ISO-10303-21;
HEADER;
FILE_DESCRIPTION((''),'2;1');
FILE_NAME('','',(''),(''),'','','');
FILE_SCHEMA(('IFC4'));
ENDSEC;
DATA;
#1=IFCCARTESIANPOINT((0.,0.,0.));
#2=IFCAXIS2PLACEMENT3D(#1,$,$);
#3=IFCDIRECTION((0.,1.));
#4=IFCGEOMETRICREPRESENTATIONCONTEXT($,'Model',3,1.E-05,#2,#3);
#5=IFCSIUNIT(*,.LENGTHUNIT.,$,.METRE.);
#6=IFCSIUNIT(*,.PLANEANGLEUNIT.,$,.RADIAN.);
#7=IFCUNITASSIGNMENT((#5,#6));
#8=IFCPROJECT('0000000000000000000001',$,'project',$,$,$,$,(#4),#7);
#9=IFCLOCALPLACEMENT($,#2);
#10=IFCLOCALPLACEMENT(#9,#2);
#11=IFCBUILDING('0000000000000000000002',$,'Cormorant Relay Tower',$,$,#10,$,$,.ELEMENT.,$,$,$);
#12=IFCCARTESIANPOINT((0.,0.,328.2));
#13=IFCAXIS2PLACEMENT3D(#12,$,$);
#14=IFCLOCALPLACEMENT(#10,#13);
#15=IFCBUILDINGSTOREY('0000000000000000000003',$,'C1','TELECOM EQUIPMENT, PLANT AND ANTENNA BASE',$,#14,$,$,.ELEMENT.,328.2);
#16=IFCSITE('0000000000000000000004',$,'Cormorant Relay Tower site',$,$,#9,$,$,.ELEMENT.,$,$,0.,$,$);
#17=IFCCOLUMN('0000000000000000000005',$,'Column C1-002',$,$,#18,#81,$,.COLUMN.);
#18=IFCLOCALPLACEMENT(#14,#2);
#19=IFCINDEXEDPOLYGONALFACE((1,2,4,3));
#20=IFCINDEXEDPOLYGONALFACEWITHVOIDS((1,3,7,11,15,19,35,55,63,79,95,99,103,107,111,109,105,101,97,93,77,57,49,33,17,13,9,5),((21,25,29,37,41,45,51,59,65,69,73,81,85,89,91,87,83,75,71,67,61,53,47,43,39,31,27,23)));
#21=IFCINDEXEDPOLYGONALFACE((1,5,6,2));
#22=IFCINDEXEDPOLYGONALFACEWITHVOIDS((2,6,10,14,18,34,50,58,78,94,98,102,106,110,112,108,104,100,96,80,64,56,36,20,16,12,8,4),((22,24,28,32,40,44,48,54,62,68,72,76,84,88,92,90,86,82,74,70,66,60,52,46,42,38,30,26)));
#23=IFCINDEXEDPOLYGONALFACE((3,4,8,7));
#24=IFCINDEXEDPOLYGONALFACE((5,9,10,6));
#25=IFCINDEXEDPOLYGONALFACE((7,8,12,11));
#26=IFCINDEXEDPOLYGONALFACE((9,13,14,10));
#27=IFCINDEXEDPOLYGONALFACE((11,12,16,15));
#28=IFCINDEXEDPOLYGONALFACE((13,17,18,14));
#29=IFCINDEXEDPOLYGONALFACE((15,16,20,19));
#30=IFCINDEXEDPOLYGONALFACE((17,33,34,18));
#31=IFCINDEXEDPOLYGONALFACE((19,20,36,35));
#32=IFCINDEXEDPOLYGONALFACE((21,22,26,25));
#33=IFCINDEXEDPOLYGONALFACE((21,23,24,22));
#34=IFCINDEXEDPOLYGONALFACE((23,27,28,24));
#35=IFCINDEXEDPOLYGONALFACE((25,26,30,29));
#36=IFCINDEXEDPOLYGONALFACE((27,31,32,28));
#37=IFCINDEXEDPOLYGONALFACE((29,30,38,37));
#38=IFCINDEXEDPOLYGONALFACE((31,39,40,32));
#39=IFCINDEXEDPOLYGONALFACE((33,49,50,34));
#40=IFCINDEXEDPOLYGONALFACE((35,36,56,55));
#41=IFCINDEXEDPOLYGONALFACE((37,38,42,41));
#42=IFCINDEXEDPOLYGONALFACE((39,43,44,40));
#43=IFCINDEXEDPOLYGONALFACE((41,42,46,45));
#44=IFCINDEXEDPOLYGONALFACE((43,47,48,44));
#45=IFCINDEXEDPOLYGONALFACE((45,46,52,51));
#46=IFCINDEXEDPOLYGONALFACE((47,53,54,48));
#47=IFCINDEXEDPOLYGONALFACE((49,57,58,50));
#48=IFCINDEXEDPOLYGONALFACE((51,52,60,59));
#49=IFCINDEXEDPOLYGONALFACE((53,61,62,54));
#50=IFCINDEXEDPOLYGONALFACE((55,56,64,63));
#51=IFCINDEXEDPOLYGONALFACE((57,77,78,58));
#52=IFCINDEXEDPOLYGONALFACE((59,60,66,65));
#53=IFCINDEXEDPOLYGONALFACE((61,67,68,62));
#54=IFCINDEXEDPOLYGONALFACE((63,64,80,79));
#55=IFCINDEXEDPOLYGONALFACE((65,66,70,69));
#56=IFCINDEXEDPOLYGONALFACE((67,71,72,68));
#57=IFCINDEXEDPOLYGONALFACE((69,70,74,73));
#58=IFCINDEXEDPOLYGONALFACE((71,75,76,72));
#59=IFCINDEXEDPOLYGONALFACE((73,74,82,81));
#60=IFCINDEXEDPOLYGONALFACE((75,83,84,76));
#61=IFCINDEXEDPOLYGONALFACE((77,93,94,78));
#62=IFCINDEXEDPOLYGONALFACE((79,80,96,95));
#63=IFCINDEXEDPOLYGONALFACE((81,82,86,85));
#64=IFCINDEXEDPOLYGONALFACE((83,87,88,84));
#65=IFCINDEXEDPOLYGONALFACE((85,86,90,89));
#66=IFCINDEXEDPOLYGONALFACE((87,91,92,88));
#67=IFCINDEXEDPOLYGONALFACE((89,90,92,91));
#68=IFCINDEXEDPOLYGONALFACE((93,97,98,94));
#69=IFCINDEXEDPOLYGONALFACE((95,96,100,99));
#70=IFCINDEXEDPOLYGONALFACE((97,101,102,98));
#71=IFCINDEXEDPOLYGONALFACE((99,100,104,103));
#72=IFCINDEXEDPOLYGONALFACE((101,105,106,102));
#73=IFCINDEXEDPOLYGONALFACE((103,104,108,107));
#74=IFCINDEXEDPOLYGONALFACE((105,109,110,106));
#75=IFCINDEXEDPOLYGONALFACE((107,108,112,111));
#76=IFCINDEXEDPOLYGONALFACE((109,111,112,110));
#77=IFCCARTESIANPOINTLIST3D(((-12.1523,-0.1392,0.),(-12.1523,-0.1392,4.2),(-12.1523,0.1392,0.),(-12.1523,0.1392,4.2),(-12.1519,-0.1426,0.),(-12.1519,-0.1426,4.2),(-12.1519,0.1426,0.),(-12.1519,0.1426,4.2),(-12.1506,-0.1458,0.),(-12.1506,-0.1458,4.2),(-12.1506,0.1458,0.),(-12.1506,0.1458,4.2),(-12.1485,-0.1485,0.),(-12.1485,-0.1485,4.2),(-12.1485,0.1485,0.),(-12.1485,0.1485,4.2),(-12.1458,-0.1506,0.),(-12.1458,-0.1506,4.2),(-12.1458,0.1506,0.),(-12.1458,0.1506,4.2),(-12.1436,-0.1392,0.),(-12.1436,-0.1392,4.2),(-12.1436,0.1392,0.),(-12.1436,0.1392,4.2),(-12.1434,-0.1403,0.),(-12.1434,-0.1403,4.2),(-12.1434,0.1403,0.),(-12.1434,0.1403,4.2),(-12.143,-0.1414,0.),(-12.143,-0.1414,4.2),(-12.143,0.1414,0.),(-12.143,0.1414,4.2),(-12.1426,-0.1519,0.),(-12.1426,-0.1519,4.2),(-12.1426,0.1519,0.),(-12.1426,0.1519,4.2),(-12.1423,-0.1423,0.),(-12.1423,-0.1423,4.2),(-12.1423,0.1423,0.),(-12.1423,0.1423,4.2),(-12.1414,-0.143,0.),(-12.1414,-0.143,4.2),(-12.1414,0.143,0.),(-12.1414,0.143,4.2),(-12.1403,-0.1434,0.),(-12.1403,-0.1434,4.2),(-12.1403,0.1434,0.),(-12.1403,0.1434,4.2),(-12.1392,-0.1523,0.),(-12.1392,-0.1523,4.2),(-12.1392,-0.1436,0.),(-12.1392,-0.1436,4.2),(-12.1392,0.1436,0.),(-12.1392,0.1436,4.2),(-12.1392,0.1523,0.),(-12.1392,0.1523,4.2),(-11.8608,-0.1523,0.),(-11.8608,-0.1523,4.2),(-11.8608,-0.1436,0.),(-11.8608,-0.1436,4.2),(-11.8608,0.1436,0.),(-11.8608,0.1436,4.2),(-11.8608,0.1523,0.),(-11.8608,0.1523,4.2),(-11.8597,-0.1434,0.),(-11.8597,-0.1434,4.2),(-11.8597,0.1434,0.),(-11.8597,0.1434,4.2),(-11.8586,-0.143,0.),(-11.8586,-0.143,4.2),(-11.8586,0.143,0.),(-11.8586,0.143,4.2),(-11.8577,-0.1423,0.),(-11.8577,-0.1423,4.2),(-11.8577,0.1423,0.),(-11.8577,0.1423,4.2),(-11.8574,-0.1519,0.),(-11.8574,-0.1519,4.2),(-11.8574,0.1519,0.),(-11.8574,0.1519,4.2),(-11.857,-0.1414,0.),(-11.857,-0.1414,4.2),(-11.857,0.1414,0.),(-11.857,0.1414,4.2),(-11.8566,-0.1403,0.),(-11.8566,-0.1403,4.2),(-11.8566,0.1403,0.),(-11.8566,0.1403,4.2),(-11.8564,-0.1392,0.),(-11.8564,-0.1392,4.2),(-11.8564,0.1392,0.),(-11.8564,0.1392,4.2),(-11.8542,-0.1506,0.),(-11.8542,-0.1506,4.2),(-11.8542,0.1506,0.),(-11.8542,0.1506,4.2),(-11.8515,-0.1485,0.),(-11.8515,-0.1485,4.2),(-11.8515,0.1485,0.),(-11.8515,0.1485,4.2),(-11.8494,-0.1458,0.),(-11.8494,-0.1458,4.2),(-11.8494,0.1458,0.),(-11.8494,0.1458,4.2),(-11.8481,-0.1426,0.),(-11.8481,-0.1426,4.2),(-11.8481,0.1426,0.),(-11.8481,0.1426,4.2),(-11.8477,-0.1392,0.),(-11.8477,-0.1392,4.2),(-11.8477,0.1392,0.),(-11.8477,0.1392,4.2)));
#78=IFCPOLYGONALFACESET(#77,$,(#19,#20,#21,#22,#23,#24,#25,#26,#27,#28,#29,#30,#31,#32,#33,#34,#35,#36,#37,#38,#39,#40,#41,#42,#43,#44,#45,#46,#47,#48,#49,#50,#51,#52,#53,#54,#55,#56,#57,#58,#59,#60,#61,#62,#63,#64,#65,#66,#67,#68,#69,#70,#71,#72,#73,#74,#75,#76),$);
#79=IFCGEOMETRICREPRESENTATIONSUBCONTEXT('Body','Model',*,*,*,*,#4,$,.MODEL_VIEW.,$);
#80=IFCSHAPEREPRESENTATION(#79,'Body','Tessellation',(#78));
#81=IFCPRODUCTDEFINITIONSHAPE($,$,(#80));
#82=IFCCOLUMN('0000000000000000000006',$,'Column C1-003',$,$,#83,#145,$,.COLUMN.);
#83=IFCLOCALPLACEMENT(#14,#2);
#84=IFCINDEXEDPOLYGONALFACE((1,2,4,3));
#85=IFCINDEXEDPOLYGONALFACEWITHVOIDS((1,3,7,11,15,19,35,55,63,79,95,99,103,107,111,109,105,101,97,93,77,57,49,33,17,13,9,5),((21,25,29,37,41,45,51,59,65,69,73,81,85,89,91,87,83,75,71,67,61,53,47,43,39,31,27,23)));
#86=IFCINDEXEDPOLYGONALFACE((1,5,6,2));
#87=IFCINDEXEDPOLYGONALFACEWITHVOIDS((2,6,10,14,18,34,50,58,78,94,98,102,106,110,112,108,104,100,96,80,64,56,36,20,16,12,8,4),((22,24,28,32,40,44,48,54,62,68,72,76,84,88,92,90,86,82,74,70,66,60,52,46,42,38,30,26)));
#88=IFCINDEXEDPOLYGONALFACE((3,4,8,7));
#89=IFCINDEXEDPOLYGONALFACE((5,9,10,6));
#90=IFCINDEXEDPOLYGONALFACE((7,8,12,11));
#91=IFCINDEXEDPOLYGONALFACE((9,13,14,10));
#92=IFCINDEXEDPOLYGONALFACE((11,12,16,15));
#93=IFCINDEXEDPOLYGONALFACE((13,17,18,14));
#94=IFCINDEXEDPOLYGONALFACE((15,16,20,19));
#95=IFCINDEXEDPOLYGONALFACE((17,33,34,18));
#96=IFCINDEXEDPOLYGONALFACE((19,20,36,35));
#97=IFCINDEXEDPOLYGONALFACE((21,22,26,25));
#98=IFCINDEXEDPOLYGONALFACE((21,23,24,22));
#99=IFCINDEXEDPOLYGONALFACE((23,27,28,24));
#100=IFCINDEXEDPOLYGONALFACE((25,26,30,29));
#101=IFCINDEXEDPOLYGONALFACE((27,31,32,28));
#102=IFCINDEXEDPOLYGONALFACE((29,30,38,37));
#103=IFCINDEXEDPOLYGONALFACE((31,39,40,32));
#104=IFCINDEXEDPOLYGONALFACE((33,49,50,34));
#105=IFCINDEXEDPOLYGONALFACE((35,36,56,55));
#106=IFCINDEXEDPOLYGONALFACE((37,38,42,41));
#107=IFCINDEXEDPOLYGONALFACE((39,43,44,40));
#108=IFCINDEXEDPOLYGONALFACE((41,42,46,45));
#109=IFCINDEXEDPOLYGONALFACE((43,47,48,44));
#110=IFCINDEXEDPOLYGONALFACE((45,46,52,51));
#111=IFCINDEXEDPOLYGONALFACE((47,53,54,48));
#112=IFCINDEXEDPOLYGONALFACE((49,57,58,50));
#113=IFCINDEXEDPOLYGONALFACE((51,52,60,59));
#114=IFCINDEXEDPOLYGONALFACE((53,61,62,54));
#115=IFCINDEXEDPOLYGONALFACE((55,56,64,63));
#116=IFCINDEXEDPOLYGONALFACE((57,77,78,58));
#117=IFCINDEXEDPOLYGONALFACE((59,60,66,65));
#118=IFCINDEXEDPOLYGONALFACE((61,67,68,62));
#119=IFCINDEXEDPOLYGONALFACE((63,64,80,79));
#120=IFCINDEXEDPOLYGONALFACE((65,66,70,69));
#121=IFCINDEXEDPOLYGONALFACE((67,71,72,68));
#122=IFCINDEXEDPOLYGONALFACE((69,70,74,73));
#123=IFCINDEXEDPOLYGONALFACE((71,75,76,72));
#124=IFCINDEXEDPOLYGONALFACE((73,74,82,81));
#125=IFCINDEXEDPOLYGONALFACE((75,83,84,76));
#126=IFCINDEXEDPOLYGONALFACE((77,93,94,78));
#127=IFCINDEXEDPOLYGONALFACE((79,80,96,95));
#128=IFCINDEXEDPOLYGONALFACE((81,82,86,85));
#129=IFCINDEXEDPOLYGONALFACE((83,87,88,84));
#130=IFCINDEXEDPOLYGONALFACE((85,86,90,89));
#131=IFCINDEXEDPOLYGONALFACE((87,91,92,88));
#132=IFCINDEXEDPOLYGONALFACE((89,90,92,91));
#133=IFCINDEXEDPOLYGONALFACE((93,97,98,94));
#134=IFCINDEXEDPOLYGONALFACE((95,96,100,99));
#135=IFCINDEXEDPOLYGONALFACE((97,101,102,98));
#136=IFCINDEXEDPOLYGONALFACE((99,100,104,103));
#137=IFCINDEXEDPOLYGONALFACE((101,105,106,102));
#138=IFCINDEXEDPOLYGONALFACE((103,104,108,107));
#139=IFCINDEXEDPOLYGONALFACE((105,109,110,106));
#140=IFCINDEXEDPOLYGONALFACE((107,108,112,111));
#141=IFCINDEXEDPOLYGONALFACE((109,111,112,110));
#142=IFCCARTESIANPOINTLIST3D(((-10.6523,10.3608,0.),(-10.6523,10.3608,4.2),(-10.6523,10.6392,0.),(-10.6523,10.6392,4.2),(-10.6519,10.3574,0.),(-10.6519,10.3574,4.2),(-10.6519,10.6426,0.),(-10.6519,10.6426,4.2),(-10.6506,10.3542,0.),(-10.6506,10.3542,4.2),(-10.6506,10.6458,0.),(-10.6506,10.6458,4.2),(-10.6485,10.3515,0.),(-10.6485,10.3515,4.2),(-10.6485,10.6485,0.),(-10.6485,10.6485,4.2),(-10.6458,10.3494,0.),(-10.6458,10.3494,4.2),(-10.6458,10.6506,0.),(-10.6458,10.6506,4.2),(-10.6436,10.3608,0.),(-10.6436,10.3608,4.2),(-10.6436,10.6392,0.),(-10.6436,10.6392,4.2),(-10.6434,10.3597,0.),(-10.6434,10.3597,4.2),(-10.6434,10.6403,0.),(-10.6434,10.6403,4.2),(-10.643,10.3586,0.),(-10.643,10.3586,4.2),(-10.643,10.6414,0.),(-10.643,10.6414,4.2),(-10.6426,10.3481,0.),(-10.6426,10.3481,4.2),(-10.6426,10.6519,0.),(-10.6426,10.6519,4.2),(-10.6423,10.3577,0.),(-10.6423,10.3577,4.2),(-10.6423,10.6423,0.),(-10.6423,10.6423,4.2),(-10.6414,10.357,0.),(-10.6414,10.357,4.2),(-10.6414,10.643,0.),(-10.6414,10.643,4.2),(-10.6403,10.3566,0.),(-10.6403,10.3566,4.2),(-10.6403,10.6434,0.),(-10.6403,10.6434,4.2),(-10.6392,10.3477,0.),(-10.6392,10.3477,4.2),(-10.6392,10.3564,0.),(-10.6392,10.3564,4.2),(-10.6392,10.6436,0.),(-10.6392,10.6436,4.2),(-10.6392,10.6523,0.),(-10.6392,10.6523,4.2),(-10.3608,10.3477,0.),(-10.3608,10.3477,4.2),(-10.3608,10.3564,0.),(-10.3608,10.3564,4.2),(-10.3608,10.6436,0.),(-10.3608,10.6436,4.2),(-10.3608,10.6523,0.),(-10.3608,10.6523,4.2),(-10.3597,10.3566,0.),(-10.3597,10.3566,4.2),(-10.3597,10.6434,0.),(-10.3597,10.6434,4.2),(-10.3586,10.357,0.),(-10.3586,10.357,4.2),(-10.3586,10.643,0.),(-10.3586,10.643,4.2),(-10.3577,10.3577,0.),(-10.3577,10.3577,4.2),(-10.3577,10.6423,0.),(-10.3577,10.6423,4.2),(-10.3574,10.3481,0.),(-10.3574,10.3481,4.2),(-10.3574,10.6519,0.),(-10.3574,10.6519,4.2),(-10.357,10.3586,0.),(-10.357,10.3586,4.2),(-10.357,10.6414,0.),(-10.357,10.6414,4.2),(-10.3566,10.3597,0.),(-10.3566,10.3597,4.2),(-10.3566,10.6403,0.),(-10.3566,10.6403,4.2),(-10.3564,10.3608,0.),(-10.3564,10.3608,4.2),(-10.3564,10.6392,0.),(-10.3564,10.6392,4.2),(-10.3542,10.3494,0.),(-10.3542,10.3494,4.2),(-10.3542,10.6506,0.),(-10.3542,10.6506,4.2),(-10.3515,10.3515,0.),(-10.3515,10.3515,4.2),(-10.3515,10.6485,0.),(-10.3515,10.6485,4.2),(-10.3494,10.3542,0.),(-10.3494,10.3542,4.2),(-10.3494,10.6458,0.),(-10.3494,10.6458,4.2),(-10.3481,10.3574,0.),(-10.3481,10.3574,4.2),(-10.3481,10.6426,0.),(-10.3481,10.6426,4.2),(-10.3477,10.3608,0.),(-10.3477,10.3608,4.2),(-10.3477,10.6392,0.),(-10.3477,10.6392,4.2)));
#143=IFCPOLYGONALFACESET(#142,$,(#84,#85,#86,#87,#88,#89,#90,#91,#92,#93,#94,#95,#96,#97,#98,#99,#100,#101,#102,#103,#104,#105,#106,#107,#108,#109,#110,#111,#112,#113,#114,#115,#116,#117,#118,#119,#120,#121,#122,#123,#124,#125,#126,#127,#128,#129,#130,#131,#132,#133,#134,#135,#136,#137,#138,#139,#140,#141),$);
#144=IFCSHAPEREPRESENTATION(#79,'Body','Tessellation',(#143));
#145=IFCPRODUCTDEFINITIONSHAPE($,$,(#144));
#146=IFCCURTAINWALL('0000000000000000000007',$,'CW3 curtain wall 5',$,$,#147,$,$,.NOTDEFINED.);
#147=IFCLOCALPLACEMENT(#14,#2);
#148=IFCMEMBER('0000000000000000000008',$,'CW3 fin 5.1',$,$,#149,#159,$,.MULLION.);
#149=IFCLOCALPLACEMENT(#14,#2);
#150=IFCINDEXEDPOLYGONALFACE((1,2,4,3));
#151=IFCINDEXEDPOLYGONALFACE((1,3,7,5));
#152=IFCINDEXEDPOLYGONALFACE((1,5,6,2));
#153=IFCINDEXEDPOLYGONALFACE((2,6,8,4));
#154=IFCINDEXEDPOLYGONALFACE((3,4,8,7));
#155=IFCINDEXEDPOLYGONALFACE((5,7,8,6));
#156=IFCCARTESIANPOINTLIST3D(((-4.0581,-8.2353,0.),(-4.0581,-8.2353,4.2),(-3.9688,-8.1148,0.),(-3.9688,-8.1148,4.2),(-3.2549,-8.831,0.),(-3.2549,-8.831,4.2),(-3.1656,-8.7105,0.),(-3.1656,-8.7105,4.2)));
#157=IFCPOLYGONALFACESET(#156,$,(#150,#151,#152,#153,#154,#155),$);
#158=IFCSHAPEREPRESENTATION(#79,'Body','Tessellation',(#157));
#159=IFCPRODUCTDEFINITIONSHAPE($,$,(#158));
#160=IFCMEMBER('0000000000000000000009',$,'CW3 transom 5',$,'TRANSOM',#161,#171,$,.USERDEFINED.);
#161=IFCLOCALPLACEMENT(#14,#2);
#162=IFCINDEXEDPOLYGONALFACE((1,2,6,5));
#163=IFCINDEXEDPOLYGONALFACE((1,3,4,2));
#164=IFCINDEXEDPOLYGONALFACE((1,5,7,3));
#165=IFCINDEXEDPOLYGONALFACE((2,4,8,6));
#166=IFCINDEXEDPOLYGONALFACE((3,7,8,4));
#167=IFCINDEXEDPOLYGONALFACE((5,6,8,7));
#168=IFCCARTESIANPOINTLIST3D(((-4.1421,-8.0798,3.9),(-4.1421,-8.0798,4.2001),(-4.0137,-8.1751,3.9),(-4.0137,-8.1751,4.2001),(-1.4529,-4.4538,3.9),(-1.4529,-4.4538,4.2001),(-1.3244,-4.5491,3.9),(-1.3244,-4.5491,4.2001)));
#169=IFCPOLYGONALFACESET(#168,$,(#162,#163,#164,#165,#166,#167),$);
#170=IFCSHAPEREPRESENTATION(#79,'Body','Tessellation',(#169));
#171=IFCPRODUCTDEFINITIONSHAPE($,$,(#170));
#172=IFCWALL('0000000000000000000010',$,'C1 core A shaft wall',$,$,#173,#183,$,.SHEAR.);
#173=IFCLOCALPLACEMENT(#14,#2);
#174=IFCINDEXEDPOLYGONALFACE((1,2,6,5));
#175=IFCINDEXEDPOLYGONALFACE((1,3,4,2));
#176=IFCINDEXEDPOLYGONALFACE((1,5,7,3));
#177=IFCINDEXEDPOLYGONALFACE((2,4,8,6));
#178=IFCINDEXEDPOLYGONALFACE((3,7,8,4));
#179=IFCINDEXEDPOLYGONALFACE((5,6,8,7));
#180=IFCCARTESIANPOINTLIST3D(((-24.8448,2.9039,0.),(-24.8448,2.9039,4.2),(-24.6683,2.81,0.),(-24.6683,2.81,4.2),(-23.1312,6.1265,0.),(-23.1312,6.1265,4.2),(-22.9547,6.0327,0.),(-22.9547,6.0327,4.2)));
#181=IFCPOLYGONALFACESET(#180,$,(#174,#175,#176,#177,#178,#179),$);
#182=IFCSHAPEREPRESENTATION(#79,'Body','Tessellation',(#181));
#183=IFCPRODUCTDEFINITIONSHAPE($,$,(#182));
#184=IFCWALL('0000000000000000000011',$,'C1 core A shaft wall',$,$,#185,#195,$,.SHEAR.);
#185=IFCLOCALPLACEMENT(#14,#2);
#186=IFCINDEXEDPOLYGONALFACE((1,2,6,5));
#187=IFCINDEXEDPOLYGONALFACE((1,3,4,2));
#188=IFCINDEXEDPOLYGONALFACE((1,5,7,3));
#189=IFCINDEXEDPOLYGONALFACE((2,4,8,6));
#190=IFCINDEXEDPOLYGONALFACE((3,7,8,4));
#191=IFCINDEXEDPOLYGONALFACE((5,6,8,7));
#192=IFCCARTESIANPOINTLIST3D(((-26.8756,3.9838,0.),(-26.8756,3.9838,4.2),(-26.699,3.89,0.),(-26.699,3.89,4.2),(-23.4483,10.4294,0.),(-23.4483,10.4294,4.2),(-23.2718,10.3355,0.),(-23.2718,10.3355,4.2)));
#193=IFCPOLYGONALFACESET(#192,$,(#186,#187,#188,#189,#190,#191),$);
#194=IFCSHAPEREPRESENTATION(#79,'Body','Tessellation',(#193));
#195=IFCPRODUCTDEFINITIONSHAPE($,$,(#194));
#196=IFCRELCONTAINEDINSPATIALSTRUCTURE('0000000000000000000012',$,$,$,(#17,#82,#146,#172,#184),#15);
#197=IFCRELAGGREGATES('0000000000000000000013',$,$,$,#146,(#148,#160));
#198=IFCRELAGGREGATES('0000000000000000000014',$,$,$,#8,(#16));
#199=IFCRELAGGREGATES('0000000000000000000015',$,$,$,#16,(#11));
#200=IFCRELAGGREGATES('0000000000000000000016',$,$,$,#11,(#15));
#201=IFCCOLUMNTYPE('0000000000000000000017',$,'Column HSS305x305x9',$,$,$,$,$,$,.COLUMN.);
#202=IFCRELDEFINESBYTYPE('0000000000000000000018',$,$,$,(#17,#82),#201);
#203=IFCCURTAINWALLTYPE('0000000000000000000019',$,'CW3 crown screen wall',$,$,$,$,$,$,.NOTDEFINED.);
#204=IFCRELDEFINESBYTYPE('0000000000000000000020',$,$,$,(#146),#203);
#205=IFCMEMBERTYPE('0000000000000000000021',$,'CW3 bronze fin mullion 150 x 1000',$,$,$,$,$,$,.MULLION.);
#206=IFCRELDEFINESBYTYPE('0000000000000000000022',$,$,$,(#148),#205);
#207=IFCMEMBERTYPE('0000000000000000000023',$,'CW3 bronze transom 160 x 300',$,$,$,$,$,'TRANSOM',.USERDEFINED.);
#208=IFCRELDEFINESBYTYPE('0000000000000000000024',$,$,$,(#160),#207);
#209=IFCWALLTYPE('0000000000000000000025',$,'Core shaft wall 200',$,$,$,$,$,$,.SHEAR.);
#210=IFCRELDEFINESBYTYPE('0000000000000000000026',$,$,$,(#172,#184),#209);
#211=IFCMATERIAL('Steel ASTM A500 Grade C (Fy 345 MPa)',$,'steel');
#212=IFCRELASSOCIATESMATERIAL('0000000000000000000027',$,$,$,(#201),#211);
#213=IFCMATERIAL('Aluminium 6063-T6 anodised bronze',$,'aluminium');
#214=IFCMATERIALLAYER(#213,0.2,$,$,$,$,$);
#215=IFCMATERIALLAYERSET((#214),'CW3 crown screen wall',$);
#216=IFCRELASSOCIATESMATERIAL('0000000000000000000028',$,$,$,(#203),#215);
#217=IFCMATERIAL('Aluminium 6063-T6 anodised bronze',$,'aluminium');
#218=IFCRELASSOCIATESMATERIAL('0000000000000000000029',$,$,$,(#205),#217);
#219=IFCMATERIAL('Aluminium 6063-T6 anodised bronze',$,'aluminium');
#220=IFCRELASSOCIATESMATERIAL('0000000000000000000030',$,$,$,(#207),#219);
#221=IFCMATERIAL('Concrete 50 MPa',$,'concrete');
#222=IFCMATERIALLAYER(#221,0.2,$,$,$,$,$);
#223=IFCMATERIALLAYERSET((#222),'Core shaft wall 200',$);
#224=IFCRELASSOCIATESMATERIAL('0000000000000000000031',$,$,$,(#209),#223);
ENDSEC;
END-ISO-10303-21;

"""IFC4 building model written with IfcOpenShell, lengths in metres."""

from ifc_helpers import new_model, si_unit, direction, frame, frame_2d, origin, origin_2d, place, context, subcontext, project, spatial, rectangle, hollow_rectangle, extrude, material, layer, layer_set, material_profile, profile_set, type_object, element, aggregate, save


model = new_model("IFC4")

# Units and contexts
model_context = context("Model", 3, precision=1e-05, world=origin(), true_north=direction((0.0, 1.0)))
body_context = subcontext(model_context, "Body", "Model", "MODEL_VIEW")
ifc_project = project(units=[si_unit("LENGTHUNIT", "METRE"), si_unit("PLANEANGLEUNIT", "RADIAN")], contexts=[model_context])

# Site, building, storey
site_placement = place(None, origin())
site = spatial("IfcSite", under=ifc_project, at=site_placement, Name="Cormorant Relay Tower site", CompositionType="ELEMENT", RefElevation=0.0)
building_placement = place(site_placement, origin())
building = spatial("IfcBuilding", under=site, at=building_placement, Name="Cormorant Relay Tower", CompositionType="ELEMENT")
storey_placement = place(building_placement, frame((0.0, 0.0, 328.2)))
storey = spatial("IfcBuildingStorey", under=building, at=storey_placement, Name="C1", Description="TELECOM EQUIPMENT, PLANT AND ANTENNA BASE", CompositionType="ELEMENT", Elevation=328.2)

# Columns
ifc_material_1 = material(Name="Steel ASTM A500 Grade C (Fy 345 MPa)", Category="steel")
ifc_material_profile_1 = material_profile(ifc_material_1, hollow_rectangle(XDim=0.3047, YDim=0.3047, WallThickness=0.0088, InnerFilletRadius=0.0044, OuterFilletRadius=0.0132, at=origin_2d()), Name="HSS305x305x9")
ifc_profile_set_1 = profile_set([ifc_material_profile_1], Name="Steel ASTM A500 Grade C (Fy 345 MPa)")
column_type = type_object("IfcColumnType", Name="Column HSS305x305x9", PredefinedType="COLUMN", material=ifc_profile_set_1)
for number, where, z_axis, x_axis, name in (
    (1, (-12.0, 0.0, 0.0), (0.0, 0.0, 1.0), (1.0, 0.0, 0.0), "Column C1-002"),
    (2, (-10.5, 10.5, 0.0), (0.0, 0.0, 1.0), (1.0, 0.0, 0.0), "Column C1-003"),
):
    element("IfcColumn", number, at=place(storey_placement, frame(where, z_axis=z_axis, x_axis=x_axis)), inside=storey, type_object=column_type, Name=name, PredefinedType="COLUMN", context=body_context, shape_type="SweptSolid", body=[
        extrude(hollow_rectangle(XDim=0.3047, YDim=0.3047, WallThickness=0.0088, InnerFilletRadius=0.0044, OuterFilletRadius=0.0132, at=origin_2d()), origin(), (0.0, 0.0, 1.0), 4.2),
    ])

# Curtain wall, members
ifc_material_2 = material(Name="Aluminium 6063-T6 anodised bronze", Category="aluminium")
ifc_layer_1 = layer(ifc_material_2, 0.2)
ifc_layer_set_1 = layer_set([ifc_layer_1], Name="CW3 crown screen wall")
curtain_wall_type = type_object("IfcCurtainWallType", Name="CW3 crown screen wall", PredefinedType="NOTDEFINED", material=ifc_layer_set_1)
curtain_wall_placement = place(storey_placement, origin())
curtain_wall = element("IfcCurtainWall", 3, at=curtain_wall_placement, inside=storey, type_object=curtain_wall_type, Name="CW3 curtain wall 5", PredefinedType="NOTDEFINED")
ifc_material_3 = material(Name="Aluminium 6063-T6 anodised bronze", Category="aluminium")
ifc_material_profile_2 = material_profile(ifc_material_3, rectangle(XDim=0.1499, YDim=1.0, at=origin_2d()), Name="AL 150x1000")
ifc_profile_set_2 = profile_set([ifc_material_profile_2], Name="Aluminium 6063-T6 anodised bronze")
member_type_1 = type_object("IfcMemberType", Name="CW3 bronze fin mullion 150 x 1000", PredefinedType="MULLION", material=ifc_profile_set_2)
member_1_placement = place(storey_placement, frame((-3.6118, -8.4729, 0.0), z_axis=(0.0, 0.0, 1.0), x_axis=(0.595699, 0.803208, 0.0)))
member_1 = element("IfcMember", 4, at=member_1_placement, type_object=member_type_1, Name="CW3 fin 5.1", PredefinedType="MULLION", context=body_context, shape_type="SweptSolid", body=[
    extrude(rectangle(XDim=0.1499, YDim=1.0, at=origin_2d()), origin(), (0.0, 0.0, 1.0), 4.2),
])
ifc_material_4 = material(Name="Aluminium 6063-T6 anodised bronze", Category="aluminium")
ifc_material_profile_3 = material_profile(ifc_material_4, rectangle(XDim=0.1599, YDim=0.3, at=origin_2d()), Name="AL 160x300")
ifc_profile_set_3 = profile_set([ifc_material_profile_3], Name="Aluminium 6063-T6 anodised bronze")
member_type_2 = type_object("IfcMemberType", Name="CW3 bronze transom 160 x 300", ElementType="TRANSOM", PredefinedType="USERDEFINED", material=ifc_profile_set_3)
member_2_placement = place(storey_placement, frame((-4.0779, -8.1274, 4.05), z_axis=(0.5957, 0.803207, 0.0), x_axis=(-0.803207, 0.5957, 0.0)))
member_2 = element("IfcMember", 5, at=member_2_placement, type_object=member_type_2, Name="CW3 transom 5", ObjectType="TRANSOM", PredefinedType="USERDEFINED", context=body_context, shape_type="SweptSolid", body=[
    extrude(rectangle(XDim=0.1599, YDim=0.3, at=origin_2d()), origin(), (0.0, 0.0, 1.0), 4.5144),
])

# Walls
ifc_material_5 = material(Name="Concrete 50 MPa", Category="concrete")
ifc_layer_2 = layer(ifc_material_5, 0.2)
ifc_layer_set_2 = layer_set([ifc_layer_2], Name="Core shaft wall 200")
wall_type_1 = type_object("IfcWallType", Name="Core shaft wall 200", PredefinedType="SHEAR", material=ifc_layer_set_2)
wall_1_placement = place(storey_placement, frame((-23.043, 6.0796, 0.0), z_axis=(0.0, 0.0, 1.0), x_axis=(-0.469494, -0.882936, 0.0)))
element("IfcWall", 6, at=wall_1_placement, inside=storey, type_object=wall_type_1, Name="C1 core A shaft wall", PredefinedType="SHEAR", context=body_context, shape_type="SweptSolid", body=[
    extrude(rectangle(XDim=3.6499, YDim=0.2, at=frame_2d((1.825, 0.0))), origin(), (0.0, 0.0, 1.0), 4.2),
])
wall_2_placement = place(storey_placement, frame((-23.3601, 10.3823, 0.0), z_axis=(0.0, 0.0, 1.0), x_axis=(-0.46948, -0.882943, 0.0)))
element("IfcWall", 7, at=wall_2_placement, inside=storey, type_object=wall_type_1, Name="C1 core A shaft wall", PredefinedType="SHEAR", context=body_context, shape_type="SweptSolid", body=[
    extrude(rectangle(XDim=7.3, YDim=0.2, at=frame_2d((3.6499, 0.0))), origin(), (0.0, 0.0, 1.0), 4.2),
])

aggregate(curtain_wall, [member_1, member_2])

save(model, "model.ifc")
